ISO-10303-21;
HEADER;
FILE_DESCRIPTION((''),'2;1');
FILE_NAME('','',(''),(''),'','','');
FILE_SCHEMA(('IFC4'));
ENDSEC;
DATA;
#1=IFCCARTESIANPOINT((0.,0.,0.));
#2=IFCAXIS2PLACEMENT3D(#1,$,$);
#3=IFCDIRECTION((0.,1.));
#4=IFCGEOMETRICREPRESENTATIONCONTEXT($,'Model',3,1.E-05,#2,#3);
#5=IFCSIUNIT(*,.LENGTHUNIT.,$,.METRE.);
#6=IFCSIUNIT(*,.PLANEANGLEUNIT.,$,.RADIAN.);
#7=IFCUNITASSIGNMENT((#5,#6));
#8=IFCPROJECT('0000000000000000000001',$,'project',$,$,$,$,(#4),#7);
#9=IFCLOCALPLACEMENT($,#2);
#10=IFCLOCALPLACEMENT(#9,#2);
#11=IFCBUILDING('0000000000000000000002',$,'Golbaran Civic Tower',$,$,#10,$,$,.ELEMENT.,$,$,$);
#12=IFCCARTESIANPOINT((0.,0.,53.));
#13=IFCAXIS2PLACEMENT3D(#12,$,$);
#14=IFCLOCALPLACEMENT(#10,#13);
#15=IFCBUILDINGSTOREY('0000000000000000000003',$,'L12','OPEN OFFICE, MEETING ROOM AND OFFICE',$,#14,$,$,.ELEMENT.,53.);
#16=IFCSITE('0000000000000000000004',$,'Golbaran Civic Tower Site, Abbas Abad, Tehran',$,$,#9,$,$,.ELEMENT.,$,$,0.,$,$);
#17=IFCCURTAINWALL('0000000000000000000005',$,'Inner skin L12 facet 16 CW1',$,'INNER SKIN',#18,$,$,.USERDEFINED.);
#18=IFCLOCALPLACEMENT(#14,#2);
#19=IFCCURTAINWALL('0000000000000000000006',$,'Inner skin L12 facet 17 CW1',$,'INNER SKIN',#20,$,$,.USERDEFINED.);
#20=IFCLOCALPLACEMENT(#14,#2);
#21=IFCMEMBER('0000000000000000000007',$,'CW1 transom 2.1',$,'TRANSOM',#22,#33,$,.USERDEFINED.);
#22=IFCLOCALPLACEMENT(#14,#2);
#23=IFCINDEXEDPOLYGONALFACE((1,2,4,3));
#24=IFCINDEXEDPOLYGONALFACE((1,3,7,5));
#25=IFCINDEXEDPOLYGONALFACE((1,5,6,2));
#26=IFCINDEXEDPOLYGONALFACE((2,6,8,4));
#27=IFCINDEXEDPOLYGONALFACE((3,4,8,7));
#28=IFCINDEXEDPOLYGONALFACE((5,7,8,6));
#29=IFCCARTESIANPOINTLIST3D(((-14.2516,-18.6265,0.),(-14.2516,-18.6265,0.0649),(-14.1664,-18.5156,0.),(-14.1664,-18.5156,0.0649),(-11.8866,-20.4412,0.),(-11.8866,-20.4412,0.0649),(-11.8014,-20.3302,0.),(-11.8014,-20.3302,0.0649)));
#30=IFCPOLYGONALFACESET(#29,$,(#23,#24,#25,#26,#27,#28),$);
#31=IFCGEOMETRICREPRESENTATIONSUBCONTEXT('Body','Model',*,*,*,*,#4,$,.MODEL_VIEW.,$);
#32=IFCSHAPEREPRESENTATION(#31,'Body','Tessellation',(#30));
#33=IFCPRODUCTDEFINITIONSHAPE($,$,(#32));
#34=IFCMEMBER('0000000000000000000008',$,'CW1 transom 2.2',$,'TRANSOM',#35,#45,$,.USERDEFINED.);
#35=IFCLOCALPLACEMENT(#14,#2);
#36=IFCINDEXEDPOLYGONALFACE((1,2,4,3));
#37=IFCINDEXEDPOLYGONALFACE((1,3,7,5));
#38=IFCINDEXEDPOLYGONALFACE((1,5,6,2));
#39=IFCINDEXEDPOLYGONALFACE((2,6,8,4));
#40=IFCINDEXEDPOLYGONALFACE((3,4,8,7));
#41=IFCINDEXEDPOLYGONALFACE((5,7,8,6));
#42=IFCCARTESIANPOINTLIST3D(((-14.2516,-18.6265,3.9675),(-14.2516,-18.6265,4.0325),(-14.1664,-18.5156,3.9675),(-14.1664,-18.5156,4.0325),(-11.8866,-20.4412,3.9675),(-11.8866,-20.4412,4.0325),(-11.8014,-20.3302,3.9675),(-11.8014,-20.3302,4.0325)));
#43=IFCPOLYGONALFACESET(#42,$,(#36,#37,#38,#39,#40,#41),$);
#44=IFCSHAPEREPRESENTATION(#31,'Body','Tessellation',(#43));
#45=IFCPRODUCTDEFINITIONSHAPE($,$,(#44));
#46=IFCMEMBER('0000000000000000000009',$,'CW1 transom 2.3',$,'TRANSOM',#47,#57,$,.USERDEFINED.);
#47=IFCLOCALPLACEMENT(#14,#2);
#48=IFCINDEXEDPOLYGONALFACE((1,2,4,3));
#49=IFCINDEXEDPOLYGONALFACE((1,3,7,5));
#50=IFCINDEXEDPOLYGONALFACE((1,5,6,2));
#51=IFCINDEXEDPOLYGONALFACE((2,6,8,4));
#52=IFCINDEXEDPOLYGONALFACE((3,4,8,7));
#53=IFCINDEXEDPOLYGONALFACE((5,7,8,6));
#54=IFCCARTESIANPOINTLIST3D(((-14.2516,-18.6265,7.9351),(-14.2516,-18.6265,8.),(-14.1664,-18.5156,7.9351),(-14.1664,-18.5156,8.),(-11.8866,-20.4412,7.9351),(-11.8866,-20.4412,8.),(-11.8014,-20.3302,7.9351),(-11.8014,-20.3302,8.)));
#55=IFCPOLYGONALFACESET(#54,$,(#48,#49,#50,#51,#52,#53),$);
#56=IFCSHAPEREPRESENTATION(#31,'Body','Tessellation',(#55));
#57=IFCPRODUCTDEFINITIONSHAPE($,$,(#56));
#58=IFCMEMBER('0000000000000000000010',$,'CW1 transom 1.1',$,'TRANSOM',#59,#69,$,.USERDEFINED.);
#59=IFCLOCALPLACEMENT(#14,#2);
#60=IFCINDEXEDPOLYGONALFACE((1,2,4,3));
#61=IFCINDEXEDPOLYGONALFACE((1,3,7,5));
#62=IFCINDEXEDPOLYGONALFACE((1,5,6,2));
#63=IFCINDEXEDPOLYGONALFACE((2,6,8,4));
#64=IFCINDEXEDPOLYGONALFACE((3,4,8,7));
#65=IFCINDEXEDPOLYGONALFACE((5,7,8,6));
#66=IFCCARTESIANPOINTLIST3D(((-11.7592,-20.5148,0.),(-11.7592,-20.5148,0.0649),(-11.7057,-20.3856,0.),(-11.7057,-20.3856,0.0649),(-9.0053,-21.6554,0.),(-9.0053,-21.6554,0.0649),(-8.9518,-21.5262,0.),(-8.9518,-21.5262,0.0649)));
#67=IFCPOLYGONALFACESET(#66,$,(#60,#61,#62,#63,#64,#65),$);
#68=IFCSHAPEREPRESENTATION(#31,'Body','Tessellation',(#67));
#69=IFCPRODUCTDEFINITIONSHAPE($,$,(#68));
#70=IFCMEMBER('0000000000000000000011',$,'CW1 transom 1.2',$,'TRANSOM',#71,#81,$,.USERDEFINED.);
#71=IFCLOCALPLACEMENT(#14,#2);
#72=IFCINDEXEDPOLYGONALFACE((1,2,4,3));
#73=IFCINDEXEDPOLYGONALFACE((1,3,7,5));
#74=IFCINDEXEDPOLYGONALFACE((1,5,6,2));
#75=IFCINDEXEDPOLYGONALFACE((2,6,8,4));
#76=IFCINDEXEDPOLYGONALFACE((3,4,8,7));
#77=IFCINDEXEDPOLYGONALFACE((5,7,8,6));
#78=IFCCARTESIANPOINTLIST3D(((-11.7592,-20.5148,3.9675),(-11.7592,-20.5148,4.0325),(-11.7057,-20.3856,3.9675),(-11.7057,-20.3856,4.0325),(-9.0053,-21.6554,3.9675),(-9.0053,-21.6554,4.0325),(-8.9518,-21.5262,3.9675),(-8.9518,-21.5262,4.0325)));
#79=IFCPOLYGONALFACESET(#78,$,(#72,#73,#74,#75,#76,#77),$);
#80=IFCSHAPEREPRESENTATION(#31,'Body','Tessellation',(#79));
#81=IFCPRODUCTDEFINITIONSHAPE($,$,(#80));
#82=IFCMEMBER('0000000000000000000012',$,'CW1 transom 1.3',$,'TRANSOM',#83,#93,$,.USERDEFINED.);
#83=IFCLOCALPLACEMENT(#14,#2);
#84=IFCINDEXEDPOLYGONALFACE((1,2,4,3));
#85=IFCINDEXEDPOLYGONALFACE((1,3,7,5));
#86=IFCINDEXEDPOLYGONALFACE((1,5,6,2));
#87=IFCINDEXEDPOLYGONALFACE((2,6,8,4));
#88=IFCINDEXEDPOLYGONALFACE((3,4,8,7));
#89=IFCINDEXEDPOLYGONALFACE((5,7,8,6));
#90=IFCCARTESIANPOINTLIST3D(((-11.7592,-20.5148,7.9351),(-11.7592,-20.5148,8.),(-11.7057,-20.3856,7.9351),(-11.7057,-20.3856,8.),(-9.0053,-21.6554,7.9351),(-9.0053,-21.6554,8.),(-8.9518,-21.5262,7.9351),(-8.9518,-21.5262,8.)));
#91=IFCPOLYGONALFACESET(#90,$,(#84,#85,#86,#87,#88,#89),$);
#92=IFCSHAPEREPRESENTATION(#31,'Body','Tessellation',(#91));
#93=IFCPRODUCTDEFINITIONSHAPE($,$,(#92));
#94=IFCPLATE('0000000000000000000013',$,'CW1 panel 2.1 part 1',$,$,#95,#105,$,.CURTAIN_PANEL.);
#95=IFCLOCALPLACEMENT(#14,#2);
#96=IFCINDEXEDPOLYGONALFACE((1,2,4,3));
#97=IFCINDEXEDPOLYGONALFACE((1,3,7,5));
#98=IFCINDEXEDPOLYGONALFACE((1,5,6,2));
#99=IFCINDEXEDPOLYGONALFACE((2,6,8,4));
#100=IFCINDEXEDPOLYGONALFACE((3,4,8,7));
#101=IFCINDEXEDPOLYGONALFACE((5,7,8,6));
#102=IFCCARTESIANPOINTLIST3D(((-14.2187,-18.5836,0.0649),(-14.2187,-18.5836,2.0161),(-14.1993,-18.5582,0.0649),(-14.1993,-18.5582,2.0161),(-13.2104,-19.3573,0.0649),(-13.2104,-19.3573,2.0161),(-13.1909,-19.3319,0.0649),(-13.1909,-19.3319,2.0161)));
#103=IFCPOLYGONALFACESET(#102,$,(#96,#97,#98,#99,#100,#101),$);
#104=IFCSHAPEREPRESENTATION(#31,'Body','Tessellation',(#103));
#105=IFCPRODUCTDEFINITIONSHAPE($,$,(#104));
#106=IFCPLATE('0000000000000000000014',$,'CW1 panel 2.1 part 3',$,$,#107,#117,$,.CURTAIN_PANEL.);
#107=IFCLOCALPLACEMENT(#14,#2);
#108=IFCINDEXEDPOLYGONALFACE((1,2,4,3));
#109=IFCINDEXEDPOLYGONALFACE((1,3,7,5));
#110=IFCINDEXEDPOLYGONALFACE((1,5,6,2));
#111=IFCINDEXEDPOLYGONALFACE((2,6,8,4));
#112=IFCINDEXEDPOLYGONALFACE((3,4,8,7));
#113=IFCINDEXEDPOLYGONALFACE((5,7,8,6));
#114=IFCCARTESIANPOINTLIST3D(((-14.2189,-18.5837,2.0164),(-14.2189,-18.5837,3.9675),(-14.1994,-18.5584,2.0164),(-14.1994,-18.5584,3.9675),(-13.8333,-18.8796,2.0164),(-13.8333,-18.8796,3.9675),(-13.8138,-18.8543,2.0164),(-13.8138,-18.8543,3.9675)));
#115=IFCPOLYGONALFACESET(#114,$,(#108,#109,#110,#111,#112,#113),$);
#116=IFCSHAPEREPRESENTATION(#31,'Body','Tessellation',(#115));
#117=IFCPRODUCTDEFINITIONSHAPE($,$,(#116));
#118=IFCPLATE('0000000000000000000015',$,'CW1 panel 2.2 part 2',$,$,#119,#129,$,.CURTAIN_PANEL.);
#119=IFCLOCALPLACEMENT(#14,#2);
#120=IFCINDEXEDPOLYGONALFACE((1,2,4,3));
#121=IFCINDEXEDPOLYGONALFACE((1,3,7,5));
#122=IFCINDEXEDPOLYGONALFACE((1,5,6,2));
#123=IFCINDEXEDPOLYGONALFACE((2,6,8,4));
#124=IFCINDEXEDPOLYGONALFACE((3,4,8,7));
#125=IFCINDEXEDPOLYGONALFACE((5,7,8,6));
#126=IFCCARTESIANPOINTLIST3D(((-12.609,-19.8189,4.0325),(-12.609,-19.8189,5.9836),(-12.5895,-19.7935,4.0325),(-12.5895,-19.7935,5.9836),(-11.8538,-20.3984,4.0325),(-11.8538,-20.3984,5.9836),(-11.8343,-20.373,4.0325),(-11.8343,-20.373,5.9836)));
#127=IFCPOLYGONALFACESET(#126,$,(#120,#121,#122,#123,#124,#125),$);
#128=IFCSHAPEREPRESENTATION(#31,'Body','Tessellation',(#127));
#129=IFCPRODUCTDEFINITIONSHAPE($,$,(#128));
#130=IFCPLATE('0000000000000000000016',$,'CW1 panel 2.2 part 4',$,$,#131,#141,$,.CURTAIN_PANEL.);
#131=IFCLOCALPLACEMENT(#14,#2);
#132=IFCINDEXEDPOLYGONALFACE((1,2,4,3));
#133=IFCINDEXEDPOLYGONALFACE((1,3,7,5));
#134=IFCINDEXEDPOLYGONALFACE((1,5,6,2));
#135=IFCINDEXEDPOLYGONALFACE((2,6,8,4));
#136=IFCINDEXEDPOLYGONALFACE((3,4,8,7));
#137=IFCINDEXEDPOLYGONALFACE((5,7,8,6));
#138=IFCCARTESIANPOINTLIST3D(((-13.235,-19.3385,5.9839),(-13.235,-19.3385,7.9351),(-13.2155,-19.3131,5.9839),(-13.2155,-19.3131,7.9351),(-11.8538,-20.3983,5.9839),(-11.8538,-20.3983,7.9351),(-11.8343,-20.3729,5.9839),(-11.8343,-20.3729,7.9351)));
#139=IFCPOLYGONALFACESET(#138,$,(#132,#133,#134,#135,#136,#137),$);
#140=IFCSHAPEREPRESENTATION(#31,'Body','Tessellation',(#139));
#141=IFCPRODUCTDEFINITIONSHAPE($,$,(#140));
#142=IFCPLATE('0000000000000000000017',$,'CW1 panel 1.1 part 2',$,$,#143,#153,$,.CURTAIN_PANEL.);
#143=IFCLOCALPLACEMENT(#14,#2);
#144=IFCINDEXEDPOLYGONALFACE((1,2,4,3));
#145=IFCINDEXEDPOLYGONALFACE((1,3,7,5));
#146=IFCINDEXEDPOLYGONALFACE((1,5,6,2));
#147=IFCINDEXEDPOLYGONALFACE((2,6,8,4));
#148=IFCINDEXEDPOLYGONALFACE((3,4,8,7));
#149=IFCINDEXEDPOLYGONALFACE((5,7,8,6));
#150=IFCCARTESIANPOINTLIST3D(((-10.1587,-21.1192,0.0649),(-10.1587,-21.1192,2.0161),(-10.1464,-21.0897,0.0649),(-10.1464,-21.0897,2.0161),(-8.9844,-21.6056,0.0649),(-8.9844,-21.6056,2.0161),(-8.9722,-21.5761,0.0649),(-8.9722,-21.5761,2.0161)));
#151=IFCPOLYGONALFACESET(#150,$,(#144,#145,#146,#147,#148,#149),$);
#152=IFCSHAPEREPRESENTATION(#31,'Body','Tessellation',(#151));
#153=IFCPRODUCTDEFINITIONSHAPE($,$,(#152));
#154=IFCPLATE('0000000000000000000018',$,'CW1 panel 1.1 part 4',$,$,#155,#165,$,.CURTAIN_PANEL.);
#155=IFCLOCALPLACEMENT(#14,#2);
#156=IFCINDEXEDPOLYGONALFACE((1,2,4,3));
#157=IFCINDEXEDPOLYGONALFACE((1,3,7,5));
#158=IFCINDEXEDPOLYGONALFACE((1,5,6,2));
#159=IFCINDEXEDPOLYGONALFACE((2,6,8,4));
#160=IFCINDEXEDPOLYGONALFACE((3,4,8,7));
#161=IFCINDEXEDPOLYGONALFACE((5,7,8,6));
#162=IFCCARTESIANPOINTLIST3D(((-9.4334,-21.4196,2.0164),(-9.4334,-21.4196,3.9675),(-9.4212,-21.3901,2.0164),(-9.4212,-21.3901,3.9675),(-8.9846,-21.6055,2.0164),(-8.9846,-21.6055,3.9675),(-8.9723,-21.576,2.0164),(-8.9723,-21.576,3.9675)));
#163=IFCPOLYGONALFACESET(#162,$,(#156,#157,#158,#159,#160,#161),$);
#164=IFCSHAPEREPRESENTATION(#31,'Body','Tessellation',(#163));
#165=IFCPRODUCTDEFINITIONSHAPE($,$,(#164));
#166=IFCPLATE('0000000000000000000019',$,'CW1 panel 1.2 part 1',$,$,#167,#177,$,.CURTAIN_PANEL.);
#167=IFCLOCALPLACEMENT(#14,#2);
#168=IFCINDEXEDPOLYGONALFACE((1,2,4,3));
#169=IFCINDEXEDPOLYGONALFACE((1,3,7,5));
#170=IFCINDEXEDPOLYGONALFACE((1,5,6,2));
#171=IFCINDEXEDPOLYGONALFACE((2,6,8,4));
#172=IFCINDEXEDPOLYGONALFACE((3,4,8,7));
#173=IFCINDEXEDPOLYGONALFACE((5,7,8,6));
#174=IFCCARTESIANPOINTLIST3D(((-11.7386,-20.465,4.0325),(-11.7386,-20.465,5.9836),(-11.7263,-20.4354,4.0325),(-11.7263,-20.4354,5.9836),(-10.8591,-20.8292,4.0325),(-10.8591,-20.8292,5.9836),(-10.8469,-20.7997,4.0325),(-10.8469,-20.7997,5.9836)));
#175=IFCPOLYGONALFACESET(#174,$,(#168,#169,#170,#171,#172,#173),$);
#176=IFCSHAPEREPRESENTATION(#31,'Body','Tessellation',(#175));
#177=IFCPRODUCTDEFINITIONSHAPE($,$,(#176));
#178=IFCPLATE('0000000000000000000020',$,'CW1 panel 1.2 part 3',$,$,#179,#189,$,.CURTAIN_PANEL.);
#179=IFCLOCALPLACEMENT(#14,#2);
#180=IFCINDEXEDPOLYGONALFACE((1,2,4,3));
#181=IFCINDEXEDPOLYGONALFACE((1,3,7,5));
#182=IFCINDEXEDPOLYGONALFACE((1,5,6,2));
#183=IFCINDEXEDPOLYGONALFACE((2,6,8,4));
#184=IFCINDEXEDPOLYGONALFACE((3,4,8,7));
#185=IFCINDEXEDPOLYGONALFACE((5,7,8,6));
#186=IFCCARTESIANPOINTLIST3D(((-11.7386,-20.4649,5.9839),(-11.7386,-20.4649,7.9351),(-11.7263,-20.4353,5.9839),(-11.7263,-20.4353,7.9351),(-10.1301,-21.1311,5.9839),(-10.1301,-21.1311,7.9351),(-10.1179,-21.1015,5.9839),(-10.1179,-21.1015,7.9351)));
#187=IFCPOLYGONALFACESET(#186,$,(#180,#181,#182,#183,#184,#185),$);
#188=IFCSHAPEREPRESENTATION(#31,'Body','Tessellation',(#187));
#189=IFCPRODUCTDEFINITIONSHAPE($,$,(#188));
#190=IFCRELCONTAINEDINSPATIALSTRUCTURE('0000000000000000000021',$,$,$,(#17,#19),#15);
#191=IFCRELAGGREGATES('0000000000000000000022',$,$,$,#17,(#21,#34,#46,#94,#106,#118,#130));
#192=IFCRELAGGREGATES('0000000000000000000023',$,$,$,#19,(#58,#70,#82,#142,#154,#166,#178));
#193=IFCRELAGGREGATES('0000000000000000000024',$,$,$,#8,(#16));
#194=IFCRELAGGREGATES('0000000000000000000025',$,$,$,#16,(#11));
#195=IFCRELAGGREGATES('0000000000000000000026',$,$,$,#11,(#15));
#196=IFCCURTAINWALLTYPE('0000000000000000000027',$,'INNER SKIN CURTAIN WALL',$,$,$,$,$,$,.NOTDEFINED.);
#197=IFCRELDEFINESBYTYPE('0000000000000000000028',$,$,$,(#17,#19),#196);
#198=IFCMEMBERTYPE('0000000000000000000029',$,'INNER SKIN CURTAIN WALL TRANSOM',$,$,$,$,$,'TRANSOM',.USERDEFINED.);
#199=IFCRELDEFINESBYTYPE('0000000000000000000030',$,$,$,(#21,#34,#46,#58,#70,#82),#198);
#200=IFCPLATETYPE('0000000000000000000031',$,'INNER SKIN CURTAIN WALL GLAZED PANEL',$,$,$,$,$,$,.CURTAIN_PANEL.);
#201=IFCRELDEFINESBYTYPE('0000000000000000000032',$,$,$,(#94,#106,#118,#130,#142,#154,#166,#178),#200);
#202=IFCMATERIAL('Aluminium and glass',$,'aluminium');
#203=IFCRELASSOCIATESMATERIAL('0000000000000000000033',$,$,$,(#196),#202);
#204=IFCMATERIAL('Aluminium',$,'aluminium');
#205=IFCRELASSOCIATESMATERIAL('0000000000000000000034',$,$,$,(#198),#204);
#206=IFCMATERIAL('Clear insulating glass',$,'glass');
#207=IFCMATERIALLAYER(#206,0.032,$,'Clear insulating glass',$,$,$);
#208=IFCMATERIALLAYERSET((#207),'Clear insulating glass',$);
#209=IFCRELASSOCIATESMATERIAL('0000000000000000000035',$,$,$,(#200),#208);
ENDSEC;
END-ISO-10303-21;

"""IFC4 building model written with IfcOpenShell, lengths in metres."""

from ifc_helpers import new_model, si_unit, direction, frame, origin, origin_2d, place, context, subcontext, project, spatial, rectangle, extrude, material, layer, layer_set, material_profile, profile_set, type_object, element, aggregate, save


model = new_model("IFC4")

# Units and contexts
model_context = context("Model", 3, precision=1e-05, world=origin(), true_north=direction((0.0, 1.0)))
body_context = subcontext(model_context, "Body", "Model", "MODEL_VIEW")
ifc_project = project(units=[si_unit("LENGTHUNIT", "METRE"), si_unit("PLANEANGLEUNIT", "RADIAN")], contexts=[model_context])

# Site, building, storey
site_placement = place(None, origin())
site = spatial("IfcSite", under=ifc_project, at=site_placement, Name="Golbaran Civic Tower Site, Abbas Abad, Tehran", CompositionType="ELEMENT", RefElevation=0.0)
building_placement = place(site_placement, origin())
building = spatial("IfcBuilding", under=site, at=building_placement, Name="Golbaran Civic Tower", CompositionType="ELEMENT")
storey_placement = place(building_placement, frame((0.0, 0.0, 53.0)))
storey = spatial("IfcBuildingStorey", under=building, at=storey_placement, Name="L12", Description="OPEN OFFICE, MEETING ROOM AND OFFICE", CompositionType="ELEMENT", Elevation=53.0)

# Curtain wall
ifc_material_1 = material(Name="Aluminium and glass", Category="aluminium")
curtain_wall_type = type_object("IfcCurtainWallType", Name="INNER SKIN CURTAIN WALL", PredefinedType="NOTDEFINED", material=ifc_material_1)
curtain_wall_1_placement = place(storey_placement, origin())
curtain_wall_1 = element("IfcCurtainWall", 1, at=curtain_wall_1_placement, inside=storey, type_object=curtain_wall_type, Name="Inner skin L12 facet 16 CW1", ObjectType="INNER SKIN", PredefinedType="USERDEFINED")
ifc_material_2 = material(Name="Aluminium", Category="aluminium")

# Curtain wall
curtain_wall_2_placement = place(storey_placement, origin())
curtain_wall_2 = element("IfcCurtainWall", 2, at=curtain_wall_2_placement, inside=storey, type_object=curtain_wall_type, Name="Inner skin L12 facet 17 CW1", ObjectType="INNER SKIN", PredefinedType="USERDEFINED")

# Members
ifc_material_profile_1 = material_profile(ifc_material_2, rectangle(XDim=0.1399, YDim=0.0649, at=origin_2d()), Name="INNER SKIN CURTAIN WALL TRANSOM")
ifc_profile_set_1 = profile_set([ifc_material_profile_1], Name="Aluminium")
member_type_1 = type_object("IfcMemberType", Name="INNER SKIN CURTAIN WALL TRANSOM", ElementType="TRANSOM", PredefinedType="USERDEFINED", material=ifc_profile_set_1)
member_1_placement = place(storey_placement, frame((-14.209, -18.571, 0.0325), z_axis=(0.793357, -0.608756, 0.0), x_axis=(0.608756, 0.793357, 0.0)))
member_1 = element("IfcMember", 3, at=member_1_placement, type_object=member_type_1, Name="CW1 transom 2.1", ObjectType="TRANSOM", PredefinedType="USERDEFINED", context=body_context, shape_type="SweptSolid", body=[
    extrude(rectangle(XDim=0.1399, YDim=0.0649, at=origin_2d()), origin(), (0.0, 0.0, 1.0), 2.981),
])
member_2_placement = place(storey_placement, frame((-14.209, -18.571, 4.0), z_axis=(0.793357, -0.608756, 0.0), x_axis=(0.608756, 0.793357, 0.0)))
member_2 = element("IfcMember", 4, at=member_2_placement, type_object=member_type_1, Name="CW1 transom 2.2", ObjectType="TRANSOM", PredefinedType="USERDEFINED", context=body_context, shape_type="SweptSolid", body=[
    extrude(rectangle(XDim=0.1399, YDim=0.0649, at=origin_2d()), origin(), (0.0, 0.0, 1.0), 2.981),
])
member_3_placement = place(storey_placement, frame((-14.209, -18.571, 7.9675), z_axis=(0.793357, -0.608756, 0.0), x_axis=(0.608756, 0.793357, 0.0)))
member_3 = element("IfcMember", 5, at=member_3_placement, type_object=member_type_1, Name="CW1 transom 2.3", ObjectType="TRANSOM", PredefinedType="USERDEFINED", context=body_context, shape_type="SweptSolid", body=[
    extrude(rectangle(XDim=0.1399, YDim=0.0649, at=origin_2d()), origin(), (0.0, 0.0, 1.0), 2.981),
])
member_4_placement = place(storey_placement, frame((-11.7324, -20.4502, 0.0325), z_axis=(0.923889, -0.38266, 0.0), x_axis=(0.38266, 0.923889, 0.0)))
member_4 = element("IfcMember", 6, at=member_4_placement, type_object=member_type_1, Name="CW1 transom 1.1", ObjectType="TRANSOM", PredefinedType="USERDEFINED", context=body_context, shape_type="SweptSolid", body=[
    extrude(rectangle(XDim=0.1399, YDim=0.0649, at=origin_2d()), origin(), (0.0, 0.0, 1.0), 2.9807),
])
member_5_placement = place(storey_placement, frame((-11.7324, -20.4502, 4.0), z_axis=(0.923889, -0.38266, 0.0), x_axis=(0.38266, 0.923889, 0.0)))
member_5 = element("IfcMember", 7, at=member_5_placement, type_object=member_type_1, Name="CW1 transom 1.2", ObjectType="TRANSOM", PredefinedType="USERDEFINED", context=body_context, shape_type="SweptSolid", body=[
    extrude(rectangle(XDim=0.1399, YDim=0.0649, at=origin_2d()), origin(), (0.0, 0.0, 1.0), 2.9807),
])
member_6_placement = place(storey_placement, frame((-11.7324, -20.4502, 7.9675), z_axis=(0.923889, -0.38266, 0.0), x_axis=(0.38266, 0.923889, 0.0)))
member_6 = element("IfcMember", 8, at=member_6_placement, type_object=member_type_1, Name="CW1 transom 1.3", ObjectType="TRANSOM", PredefinedType="USERDEFINED", context=body_context, shape_type="SweptSolid", body=[
    extrude(rectangle(XDim=0.1399, YDim=0.0649, at=origin_2d()), origin(), (0.0, 0.0, 1.0), 2.9807),
])

# Plates
ifc_material_3 = material(Name="Clear insulating glass", Category="glass")
ifc_layer_1 = layer(ifc_material_3, 0.032, Name="Clear insulating glass")
ifc_layer_set_1 = layer_set([ifc_layer_1], Name="Clear insulating glass")
plate_type_1 = type_object("IfcPlateType", Name="INNER SKIN CURTAIN WALL GLAZED PANEL", PredefinedType="CURTAIN_PANEL", material=ifc_layer_set_1)
plate_1_placement = place(storey_placement, frame((-13.7048, -18.9578, 0.0649), z_axis=(0.0, 0.0, 1.0), x_axis=(0.793353, -0.608761, 0.0)))
plate_1 = element("IfcPlate", 9, at=plate_1_placement, type_object=plate_type_1, Name="CW1 panel 2.1 part 1", PredefinedType="CURTAIN_PANEL", context=body_context, shape_type="SweptSolid", body=[
    extrude(rectangle(XDim=1.271, YDim=0.032, at=origin_2d()), origin(), (0.0, 0.0, 1.0), 1.9512),
])
plate_2_placement = place(storey_placement, frame((-14.0164, -18.719, 2.0164), z_axis=(0.0, 0.0, 1.0), x_axis=(0.793353, -0.608761, 0.0)))
plate_2 = element("IfcPlate", 10, at=plate_2_placement, type_object=plate_type_1, Name="CW1 panel 2.1 part 3", PredefinedType="CURTAIN_PANEL", context=body_context, shape_type="SweptSolid", body=[
    extrude(rectangle(XDim=0.4861, YDim=0.032, at=origin_2d()), origin(), (0.0, 0.0, 1.0), 1.9512),
])
plate_3_placement = place(storey_placement, frame((-12.2217, -20.0959, 4.0325), z_axis=(0.0, 0.0, 1.0), x_axis=(0.793353, -0.608761, 0.0)))
plate_3 = element("IfcPlate", 11, at=plate_3_placement, type_object=plate_type_1, Name="CW1 panel 2.2 part 2", PredefinedType="CURTAIN_PANEL", context=body_context, shape_type="SweptSolid", body=[
    extrude(rectangle(XDim=0.9519, YDim=0.032, at=origin_2d()), origin(), (0.0, 0.0, 1.0), 1.9512),
])
plate_4_placement = place(storey_placement, frame((-12.5347, -19.8557, 5.9839), z_axis=(0.0, 0.0, 1.0), x_axis=(0.793353, -0.608761, 0.0)))
plate_4 = element("IfcPlate", 12, at=plate_4_placement, type_object=plate_type_1, Name="CW1 panel 2.2 part 4", PredefinedType="CURTAIN_PANEL", context=body_context, shape_type="SweptSolid", body=[
    extrude(rectangle(XDim=1.741, YDim=0.032, at=origin_2d()), origin(), (0.0, 0.0, 1.0), 1.9512),
])
plate_5_placement = place(storey_placement, frame((-9.5654, -21.3477, 0.0649), z_axis=(0.0, 0.0, 1.0), x_axis=(0.92388, -0.382683, 0.0)))
plate_5 = element("IfcPlate", 13, at=plate_5_placement, type_object=plate_type_1, Name="CW1 panel 1.1 part 2", PredefinedType="CURTAIN_PANEL", context=body_context, shape_type="SweptSolid", body=[
    extrude(rectangle(XDim=1.271, YDim=0.032, at=origin_2d()), origin(), (0.0, 0.0, 1.0), 1.9512),
])
plate_6_placement = place(storey_placement, frame((-9.2029, -21.4978, 2.0164), z_axis=(0.0, 0.0, 1.0), x_axis=(0.92388, -0.382683, 0.0)))
plate_6 = element("IfcPlate", 14, at=plate_6_placement, type_object=plate_type_1, Name="CW1 panel 1.1 part 4", PredefinedType="CURTAIN_PANEL", context=body_context, shape_type="SweptSolid", body=[
    extrude(rectangle(XDim=0.4858, YDim=0.032, at=origin_2d()), origin(), (0.0, 0.0, 1.0), 1.9512),
])
plate_7_placement = place(storey_placement, frame((-11.2927, -20.6323, 4.0325), z_axis=(0.0, 0.0, 1.0), x_axis=(0.92388, -0.382683, 0.0)))
plate_7 = element("IfcPlate", 15, at=plate_7_placement, type_object=plate_type_1, Name="CW1 panel 1.2 part 1", PredefinedType="CURTAIN_PANEL", context=body_context, shape_type="SweptSolid", body=[
    extrude(rectangle(XDim=0.9519, YDim=0.032, at=origin_2d()), origin(), (0.0, 0.0, 1.0), 1.9512),
])
plate_8_placement = place(storey_placement, frame((-10.9282, -20.7832, 5.9839), z_axis=(0.0, 0.0, 1.0), x_axis=(0.92388, -0.382683, 0.0)))
plate_8 = element("IfcPlate", 16, at=plate_8_placement, type_object=plate_type_1, Name="CW1 panel 1.2 part 3", PredefinedType="CURTAIN_PANEL", context=body_context, shape_type="SweptSolid", body=[
    extrude(rectangle(XDim=1.741, YDim=0.032, at=origin_2d()), origin(), (0.0, 0.0, 1.0), 1.9512),
])
aggregate(curtain_wall_1, [member_1, member_2, member_3, plate_1, plate_2, plate_3, plate_4])
aggregate(curtain_wall_2, [member_4, member_5, member_6, plate_5, plate_6, plate_7, plate_8])

save(model, "model.ifc")
